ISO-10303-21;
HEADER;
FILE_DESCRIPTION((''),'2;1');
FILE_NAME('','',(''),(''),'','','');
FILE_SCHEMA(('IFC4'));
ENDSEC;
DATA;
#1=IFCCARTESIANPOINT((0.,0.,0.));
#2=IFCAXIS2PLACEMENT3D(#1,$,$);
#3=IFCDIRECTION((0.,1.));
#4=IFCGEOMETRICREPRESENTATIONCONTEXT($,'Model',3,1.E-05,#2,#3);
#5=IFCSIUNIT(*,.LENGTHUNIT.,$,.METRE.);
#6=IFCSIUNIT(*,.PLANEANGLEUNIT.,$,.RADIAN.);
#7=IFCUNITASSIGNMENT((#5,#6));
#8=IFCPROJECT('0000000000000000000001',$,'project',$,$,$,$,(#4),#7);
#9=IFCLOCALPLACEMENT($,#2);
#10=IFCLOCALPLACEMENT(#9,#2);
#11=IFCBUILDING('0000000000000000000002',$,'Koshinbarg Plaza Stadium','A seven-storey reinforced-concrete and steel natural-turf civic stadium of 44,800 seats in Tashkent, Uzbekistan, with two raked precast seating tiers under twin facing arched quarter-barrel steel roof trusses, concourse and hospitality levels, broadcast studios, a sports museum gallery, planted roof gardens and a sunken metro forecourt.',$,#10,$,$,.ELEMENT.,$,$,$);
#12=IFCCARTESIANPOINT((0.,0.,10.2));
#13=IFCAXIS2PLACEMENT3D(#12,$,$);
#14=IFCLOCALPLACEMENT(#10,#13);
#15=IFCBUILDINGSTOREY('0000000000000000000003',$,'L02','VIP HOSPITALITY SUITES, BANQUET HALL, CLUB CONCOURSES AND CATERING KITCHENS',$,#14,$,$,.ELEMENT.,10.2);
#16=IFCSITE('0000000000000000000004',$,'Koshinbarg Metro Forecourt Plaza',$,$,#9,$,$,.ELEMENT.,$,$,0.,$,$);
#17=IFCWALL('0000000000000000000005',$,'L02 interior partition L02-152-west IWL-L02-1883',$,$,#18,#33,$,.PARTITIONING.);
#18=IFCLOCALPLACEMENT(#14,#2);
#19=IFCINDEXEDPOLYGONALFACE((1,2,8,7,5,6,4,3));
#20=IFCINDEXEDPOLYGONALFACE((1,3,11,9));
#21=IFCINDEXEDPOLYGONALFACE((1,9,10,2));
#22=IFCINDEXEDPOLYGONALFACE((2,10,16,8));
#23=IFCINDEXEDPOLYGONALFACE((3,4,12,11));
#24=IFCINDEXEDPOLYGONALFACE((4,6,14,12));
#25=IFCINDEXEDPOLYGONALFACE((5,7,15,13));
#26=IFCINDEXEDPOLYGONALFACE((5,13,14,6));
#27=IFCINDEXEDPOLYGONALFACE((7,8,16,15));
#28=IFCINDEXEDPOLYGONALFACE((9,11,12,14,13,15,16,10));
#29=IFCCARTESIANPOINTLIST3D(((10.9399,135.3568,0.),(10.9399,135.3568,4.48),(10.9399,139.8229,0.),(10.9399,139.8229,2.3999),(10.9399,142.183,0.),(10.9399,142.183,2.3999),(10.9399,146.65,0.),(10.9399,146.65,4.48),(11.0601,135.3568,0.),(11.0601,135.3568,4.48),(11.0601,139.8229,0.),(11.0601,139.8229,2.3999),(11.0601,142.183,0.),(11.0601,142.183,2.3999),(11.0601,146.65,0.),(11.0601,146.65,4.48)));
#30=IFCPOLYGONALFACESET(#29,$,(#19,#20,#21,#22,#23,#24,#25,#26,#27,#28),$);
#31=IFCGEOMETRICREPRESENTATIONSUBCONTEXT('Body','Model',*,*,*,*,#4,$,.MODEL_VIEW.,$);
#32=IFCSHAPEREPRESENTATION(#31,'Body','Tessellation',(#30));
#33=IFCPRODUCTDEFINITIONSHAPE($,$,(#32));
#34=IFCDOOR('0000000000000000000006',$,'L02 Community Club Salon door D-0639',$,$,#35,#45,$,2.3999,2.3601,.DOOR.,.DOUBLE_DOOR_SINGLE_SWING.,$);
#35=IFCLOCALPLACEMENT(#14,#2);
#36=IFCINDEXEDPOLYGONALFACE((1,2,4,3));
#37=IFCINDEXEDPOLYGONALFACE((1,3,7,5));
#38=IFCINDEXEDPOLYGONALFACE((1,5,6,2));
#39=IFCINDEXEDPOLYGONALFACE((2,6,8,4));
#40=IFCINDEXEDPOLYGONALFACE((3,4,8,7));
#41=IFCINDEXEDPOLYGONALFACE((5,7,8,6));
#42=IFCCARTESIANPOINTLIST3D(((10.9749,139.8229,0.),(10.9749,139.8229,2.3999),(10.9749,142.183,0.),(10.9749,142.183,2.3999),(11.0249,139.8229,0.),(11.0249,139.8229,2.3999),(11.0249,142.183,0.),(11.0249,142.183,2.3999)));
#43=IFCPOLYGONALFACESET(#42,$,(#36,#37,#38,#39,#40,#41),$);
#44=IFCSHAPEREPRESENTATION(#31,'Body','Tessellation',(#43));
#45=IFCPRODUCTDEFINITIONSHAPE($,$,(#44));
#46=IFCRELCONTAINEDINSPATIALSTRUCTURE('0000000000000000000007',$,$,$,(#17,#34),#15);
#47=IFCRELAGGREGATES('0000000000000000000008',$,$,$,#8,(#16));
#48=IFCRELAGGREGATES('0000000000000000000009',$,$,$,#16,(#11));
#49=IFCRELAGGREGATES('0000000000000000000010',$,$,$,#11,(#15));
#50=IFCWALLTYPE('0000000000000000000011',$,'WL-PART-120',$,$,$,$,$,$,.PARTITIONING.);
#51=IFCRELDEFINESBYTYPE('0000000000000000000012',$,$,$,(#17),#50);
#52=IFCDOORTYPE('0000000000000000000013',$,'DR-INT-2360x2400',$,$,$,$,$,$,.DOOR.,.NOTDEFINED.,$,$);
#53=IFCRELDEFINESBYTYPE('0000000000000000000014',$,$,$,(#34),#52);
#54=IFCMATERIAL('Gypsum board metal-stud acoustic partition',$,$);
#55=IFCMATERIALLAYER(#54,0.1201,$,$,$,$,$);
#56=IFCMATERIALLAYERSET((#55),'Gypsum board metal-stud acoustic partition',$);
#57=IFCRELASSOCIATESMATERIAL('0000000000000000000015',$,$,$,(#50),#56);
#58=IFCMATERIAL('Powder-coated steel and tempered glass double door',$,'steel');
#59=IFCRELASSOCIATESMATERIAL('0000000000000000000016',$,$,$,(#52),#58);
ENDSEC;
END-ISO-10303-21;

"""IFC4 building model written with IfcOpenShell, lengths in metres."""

from ifc_helpers import new_model, si_unit, direction, frame, frame_2d, origin, place, context, subcontext, project, spatial, rectangle, extrude, material, layer, layer_set, type_object, element, fill, save


model = new_model("IFC4")

# Units and contexts
model_context = context("Model", 3, precision=1e-05, world=origin(), true_north=direction((0.0, 1.0)))
body_context = subcontext(model_context, "Body", "Model", "MODEL_VIEW")
ifc_project = project(units=[si_unit("LENGTHUNIT", "METRE"), si_unit("PLANEANGLEUNIT", "RADIAN")], contexts=[model_context])

# Site, building, storey
site_placement = place(None, origin())
site = spatial("IfcSite", under=ifc_project, at=site_placement, Name="Koshinbarg Metro Forecourt Plaza", CompositionType="ELEMENT", RefElevation=0.0)
building_placement = place(site_placement, origin())
building = spatial("IfcBuilding", under=site, at=building_placement, Name="Koshinbarg Plaza Stadium", Description="A seven-storey reinforced-concrete and steel natural-turf civic stadium of 44,800 seats in Tashkent, Uzbekistan, with two raked precast seating tiers under twin facing arched quarter-barrel steel roof trusses, concourse and hospitality levels, broadcast studios, a sports museum gallery, planted roof gardens and a sunken metro forecourt.", CompositionType="ELEMENT")
storey_placement = place(building_placement, frame((0.0, 0.0, 10.2)))
storey = spatial("IfcBuildingStorey", under=building, at=storey_placement, Name="L02", Description="VIP HOSPITALITY SUITES, BANQUET HALL, CLUB CONCOURSES AND CATERING KITCHENS", CompositionType="ELEMENT", Elevation=10.2)

# Shared definitions
ifc_material_1 = material(Name="Gypsum board metal-stud acoustic partition")
ifc_layer_1 = layer(ifc_material_1, 0.1201)
ifc_layer_set_1 = layer_set([ifc_layer_1], Name="Gypsum board metal-stud acoustic partition")
wall_type = type_object("IfcWallType", Name="WL-PART-120", PredefinedType="PARTITIONING", material=ifc_layer_set_1)

# Wall, opening, door
wall_1_placement = place(storey_placement, frame((11.0, 146.6499, 0.0), z_axis=(0.0, 0.0, 1.0), x_axis=(0.0, -1.0, 0.0)))
wall_1 = element("IfcWall", 1, at=wall_1_placement, inside=storey, type_object=wall_type, Name="L02 interior partition L02-152-west IWL-L02-1883", PredefinedType="PARTITIONING", context=body_context, shape_type="SweptSolid", body=[
    extrude(rectangle(XDim=11.2932, YDim=0.1201, at=frame_2d((5.6465, 0.0))), origin(), (0.0, 0.0, 1.0), 4.48),
])
opening_placement = place(wall_1_placement, frame((4.4668, 0.0, 0.0)))
opening = element("IfcOpeningElement", 2, at=opening_placement, cuts=wall_1, PredefinedType="OPENING", context=body_context, shape_type="SweptSolid", body=[
    extrude(rectangle(XDim=2.3601, YDim=2.3999, at=frame_2d((1.1802, 1.2))), frame((0.0, 0.0701, 0.0), z_axis=(0.0, -1.0, 0.0), x_axis=(1.0, 0.0, 0.0)), (0.0, 0.0, 1.0), 0.1401),
])
ifc_material_2 = material(Name="Powder-coated steel and tempered glass double door", Category="steel")
door_type = type_object("IfcDoorType", Name="DR-INT-2360x2400", OperationType="NOTDEFINED", PredefinedType="DOOR", material=ifc_material_2)
door_placement = place(opening_placement, origin())
door = element("IfcDoor", 3, at=door_placement, inside=storey, type_object=door_type, Name="L02 Community Club Salon door D-0639", OperationType="DOUBLE_DOOR_SINGLE_SWING", OverallHeight=2.3999, OverallWidth=2.3601, PredefinedType="DOOR", context=body_context, shape_type="SweptSolid", body=[
    extrude(rectangle(XDim=2.3601, YDim=2.3999, at=frame_2d((1.1802, 1.2))), frame((0.0, 0.0249, 0.0), z_axis=(0.0, -1.0, 0.0), x_axis=(1.0, 0.0, 0.0)), (0.0, 0.0, 1.0), 0.05),
])
fill(opening, door)

save(model, "model.ifc")
